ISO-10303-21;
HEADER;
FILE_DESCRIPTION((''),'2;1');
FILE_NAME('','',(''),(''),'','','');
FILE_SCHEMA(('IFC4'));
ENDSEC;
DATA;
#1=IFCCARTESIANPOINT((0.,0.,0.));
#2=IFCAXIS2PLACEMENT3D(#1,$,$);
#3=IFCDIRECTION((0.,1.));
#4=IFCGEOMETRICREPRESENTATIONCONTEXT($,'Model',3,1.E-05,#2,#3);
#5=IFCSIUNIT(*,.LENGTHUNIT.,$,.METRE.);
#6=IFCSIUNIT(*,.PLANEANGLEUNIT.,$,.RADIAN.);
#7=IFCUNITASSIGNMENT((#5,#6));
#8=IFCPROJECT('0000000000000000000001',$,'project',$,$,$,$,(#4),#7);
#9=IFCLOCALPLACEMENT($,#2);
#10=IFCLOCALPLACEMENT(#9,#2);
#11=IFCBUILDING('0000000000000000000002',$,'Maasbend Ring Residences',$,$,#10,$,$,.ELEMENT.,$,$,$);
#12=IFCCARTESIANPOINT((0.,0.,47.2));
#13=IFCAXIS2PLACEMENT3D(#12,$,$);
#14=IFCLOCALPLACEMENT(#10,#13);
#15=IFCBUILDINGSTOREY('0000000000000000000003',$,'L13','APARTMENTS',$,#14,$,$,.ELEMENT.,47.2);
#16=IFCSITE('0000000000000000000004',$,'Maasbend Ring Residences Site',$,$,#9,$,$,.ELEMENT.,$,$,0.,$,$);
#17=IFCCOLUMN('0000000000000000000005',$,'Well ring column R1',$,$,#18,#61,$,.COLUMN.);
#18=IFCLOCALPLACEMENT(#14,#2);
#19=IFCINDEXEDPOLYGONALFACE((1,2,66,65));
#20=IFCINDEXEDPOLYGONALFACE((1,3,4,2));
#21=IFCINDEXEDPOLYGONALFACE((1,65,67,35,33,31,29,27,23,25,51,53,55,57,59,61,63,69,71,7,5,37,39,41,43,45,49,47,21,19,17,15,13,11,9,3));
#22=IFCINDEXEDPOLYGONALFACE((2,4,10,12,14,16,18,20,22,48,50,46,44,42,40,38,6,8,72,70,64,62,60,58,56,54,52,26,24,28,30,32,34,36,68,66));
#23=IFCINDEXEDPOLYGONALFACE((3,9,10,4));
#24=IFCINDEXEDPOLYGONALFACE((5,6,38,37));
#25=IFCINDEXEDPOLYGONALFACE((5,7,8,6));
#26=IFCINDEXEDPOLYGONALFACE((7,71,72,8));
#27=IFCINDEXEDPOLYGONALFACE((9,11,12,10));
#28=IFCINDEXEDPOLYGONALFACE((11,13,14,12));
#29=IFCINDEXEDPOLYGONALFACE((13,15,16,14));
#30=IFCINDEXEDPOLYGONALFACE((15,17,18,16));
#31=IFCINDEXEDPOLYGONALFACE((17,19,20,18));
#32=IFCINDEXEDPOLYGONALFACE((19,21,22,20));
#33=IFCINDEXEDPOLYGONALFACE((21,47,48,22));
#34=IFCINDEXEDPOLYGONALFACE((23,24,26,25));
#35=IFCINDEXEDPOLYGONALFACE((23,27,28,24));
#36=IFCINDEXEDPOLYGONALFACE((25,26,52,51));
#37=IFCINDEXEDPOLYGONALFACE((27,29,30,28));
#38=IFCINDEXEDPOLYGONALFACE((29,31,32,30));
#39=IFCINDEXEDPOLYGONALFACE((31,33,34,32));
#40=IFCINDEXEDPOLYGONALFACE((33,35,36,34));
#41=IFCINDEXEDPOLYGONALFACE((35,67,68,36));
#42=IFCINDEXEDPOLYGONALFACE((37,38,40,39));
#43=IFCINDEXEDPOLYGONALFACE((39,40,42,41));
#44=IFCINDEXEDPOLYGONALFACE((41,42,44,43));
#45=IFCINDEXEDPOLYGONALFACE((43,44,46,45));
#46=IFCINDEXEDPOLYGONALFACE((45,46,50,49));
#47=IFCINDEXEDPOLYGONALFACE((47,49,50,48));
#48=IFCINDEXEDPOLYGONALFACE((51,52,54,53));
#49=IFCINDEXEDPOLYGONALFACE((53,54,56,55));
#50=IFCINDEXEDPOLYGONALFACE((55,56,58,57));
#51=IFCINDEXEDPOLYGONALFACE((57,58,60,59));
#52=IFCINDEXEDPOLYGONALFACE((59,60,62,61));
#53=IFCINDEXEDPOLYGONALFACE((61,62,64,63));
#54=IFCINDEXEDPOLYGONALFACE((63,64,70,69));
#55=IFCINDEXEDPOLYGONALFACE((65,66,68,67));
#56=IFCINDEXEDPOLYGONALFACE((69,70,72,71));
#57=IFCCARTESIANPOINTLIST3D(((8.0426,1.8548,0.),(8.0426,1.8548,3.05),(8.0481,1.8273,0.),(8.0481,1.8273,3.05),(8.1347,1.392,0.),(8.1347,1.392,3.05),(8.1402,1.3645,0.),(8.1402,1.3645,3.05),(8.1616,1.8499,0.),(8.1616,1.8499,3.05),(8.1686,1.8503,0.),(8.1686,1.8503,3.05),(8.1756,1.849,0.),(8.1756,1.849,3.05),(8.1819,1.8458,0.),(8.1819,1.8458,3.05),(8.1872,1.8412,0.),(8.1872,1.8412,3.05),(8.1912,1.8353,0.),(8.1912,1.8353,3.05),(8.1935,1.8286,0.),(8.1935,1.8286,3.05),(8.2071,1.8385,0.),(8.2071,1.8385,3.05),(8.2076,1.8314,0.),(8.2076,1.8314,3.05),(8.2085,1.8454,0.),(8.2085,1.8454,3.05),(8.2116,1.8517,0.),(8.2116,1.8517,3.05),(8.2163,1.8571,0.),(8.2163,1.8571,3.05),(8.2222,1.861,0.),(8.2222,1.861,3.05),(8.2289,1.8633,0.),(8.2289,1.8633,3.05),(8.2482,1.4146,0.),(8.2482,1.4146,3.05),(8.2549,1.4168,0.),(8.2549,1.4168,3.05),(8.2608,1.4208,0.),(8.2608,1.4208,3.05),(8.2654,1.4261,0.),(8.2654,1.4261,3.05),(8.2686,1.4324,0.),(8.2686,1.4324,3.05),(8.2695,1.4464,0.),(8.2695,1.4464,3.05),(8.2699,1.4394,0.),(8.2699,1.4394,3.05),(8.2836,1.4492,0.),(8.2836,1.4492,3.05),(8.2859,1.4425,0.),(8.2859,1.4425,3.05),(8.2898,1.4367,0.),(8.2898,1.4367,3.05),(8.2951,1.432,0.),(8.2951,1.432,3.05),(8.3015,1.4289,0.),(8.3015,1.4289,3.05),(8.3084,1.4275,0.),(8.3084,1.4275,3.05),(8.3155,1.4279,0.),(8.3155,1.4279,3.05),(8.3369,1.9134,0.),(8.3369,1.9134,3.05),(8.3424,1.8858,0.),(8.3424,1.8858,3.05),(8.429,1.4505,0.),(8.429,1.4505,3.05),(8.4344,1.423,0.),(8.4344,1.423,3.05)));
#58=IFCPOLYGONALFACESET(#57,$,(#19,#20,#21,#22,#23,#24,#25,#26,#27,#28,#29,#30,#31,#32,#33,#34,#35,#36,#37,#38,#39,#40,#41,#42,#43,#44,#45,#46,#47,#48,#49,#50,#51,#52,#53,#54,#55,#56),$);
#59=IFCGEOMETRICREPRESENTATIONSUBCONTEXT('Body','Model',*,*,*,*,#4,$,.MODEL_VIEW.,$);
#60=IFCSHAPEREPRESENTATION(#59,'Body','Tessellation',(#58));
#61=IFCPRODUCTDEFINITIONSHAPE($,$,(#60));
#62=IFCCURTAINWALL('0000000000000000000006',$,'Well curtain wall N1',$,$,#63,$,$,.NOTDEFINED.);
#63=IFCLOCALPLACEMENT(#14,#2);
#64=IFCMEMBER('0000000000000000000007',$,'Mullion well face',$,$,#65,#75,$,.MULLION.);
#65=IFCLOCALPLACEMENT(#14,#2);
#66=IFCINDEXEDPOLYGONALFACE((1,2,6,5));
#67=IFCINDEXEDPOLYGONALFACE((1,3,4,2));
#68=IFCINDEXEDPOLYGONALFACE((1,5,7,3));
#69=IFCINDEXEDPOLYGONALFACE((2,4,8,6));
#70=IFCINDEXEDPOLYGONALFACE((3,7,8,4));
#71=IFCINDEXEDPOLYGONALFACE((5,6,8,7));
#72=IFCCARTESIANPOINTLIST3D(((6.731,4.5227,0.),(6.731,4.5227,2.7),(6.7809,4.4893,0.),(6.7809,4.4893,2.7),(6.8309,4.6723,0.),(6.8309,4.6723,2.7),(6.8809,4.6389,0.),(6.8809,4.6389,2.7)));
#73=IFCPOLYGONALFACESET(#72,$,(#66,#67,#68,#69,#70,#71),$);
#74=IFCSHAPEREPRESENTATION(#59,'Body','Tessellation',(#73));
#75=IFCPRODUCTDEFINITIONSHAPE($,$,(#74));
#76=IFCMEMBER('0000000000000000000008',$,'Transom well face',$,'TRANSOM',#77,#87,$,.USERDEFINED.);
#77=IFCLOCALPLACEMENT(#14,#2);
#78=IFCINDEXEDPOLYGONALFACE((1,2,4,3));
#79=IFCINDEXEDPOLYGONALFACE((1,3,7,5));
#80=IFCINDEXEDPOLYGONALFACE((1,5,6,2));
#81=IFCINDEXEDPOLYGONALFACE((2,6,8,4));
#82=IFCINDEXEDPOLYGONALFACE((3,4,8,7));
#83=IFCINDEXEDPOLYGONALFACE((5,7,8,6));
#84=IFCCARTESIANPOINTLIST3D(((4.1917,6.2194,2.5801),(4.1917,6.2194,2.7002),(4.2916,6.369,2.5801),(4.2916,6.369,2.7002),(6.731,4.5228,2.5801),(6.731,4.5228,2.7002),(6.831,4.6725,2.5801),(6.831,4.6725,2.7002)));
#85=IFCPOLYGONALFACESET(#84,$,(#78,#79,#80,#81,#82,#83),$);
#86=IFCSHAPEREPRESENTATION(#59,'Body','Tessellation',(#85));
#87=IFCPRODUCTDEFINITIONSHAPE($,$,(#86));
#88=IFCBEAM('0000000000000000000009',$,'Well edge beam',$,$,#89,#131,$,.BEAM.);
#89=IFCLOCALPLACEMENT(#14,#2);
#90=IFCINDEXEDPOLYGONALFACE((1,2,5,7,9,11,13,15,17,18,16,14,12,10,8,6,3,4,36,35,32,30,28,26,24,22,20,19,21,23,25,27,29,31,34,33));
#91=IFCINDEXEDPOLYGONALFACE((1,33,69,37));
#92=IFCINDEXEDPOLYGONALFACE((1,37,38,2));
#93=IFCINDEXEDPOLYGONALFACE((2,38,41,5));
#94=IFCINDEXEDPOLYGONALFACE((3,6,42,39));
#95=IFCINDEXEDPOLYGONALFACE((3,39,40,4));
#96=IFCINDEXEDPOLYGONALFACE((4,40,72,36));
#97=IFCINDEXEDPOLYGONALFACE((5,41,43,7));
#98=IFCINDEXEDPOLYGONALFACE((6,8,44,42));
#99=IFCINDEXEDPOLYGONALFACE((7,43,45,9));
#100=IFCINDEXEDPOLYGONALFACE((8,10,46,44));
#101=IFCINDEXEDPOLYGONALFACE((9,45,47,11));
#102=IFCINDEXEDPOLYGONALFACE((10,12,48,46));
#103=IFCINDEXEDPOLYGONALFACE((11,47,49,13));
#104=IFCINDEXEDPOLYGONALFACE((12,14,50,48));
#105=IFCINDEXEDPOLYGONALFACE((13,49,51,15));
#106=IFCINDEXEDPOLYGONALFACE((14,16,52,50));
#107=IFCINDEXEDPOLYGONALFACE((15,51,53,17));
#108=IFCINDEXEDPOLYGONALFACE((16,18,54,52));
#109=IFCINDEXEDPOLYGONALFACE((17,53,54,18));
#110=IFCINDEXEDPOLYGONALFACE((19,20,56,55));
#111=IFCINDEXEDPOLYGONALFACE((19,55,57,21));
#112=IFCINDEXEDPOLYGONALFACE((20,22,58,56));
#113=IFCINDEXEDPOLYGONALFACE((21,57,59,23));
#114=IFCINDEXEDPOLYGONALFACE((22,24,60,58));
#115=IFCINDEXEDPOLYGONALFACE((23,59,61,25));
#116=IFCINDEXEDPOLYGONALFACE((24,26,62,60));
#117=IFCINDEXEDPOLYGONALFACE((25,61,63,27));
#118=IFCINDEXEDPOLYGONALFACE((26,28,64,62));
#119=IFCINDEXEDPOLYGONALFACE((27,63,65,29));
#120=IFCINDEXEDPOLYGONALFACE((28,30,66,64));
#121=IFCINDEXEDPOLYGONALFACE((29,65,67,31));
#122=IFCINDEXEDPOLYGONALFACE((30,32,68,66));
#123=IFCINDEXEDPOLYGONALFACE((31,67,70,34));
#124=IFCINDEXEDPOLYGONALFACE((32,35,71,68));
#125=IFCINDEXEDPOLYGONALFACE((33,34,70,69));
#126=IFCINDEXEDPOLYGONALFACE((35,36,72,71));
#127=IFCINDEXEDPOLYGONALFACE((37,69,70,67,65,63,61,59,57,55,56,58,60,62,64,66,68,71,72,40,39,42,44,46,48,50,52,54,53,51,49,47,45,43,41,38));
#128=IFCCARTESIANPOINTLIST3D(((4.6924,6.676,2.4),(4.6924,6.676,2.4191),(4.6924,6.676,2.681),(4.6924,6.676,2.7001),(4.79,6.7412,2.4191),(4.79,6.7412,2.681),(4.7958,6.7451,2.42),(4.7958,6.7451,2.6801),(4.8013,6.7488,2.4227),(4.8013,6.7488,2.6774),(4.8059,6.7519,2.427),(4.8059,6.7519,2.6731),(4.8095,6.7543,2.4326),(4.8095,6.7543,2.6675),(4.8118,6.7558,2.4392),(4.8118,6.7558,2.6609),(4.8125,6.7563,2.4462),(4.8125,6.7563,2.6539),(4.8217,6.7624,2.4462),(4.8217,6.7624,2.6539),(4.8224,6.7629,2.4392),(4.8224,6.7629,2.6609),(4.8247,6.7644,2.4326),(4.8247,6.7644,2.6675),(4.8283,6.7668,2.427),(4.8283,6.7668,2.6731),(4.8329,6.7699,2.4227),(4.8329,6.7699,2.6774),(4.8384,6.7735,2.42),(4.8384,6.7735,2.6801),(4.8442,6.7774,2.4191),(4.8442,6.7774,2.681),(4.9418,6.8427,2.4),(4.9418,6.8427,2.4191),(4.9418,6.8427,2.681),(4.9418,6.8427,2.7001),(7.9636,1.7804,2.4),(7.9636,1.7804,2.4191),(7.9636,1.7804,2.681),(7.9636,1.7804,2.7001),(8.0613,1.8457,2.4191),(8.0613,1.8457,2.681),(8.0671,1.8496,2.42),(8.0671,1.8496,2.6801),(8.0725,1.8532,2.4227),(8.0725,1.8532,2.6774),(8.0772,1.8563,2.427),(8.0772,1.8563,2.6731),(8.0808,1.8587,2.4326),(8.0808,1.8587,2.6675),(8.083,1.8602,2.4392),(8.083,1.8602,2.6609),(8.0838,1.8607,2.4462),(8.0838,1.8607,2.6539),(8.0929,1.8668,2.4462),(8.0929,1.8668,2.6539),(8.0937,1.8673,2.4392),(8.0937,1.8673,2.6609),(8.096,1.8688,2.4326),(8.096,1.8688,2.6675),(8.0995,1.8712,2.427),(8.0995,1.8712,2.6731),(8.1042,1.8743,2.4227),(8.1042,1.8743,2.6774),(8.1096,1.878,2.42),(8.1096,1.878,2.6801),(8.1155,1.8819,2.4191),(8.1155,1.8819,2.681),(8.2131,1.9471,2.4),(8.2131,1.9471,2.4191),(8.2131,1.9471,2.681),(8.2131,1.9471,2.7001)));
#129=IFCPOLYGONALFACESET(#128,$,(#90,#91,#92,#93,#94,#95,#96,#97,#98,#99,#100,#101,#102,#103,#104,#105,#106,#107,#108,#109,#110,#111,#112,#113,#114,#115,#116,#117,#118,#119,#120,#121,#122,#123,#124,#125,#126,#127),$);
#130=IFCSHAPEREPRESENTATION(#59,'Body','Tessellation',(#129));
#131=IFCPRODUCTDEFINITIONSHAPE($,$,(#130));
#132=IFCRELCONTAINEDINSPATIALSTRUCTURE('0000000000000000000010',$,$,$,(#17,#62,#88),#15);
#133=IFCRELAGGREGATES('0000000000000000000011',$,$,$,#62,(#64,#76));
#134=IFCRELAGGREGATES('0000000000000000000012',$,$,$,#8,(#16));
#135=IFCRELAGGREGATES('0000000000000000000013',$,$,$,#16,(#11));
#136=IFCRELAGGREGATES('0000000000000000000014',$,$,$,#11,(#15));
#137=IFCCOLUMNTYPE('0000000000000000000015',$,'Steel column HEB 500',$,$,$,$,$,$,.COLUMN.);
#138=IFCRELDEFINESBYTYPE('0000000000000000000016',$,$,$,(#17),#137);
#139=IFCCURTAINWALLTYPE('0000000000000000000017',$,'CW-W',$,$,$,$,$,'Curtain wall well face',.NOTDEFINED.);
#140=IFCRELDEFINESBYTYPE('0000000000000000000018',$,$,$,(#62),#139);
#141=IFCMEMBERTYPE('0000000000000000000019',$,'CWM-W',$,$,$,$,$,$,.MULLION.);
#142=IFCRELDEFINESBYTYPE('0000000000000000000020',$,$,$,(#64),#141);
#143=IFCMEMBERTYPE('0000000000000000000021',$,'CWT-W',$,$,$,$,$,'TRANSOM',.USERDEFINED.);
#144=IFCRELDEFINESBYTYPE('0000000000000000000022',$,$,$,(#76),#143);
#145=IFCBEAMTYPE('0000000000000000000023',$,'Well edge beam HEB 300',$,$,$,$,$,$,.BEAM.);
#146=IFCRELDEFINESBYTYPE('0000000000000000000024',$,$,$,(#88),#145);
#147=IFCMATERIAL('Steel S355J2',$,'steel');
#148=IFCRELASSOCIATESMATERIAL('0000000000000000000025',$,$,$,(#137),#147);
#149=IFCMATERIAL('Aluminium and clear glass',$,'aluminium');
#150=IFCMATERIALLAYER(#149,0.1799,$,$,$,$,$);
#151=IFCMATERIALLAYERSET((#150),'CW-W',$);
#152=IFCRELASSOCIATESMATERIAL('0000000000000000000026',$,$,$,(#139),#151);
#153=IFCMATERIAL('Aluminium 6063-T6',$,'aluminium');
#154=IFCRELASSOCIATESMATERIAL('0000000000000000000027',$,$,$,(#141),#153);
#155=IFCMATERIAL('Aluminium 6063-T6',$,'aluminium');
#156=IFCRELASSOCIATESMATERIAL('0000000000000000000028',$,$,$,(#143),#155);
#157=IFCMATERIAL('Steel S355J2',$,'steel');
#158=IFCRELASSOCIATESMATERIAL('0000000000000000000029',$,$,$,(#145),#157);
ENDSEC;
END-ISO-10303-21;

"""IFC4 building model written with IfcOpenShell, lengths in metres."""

from ifc_helpers import new_model, si_unit, direction, frame, origin, origin_2d, place, context, subcontext, project, spatial, rectangle, i_section, extrude, material, layer, layer_set, material_profile, profile_set, type_object, element, aggregate, save


model = new_model("IFC4")

# Units and contexts
model_context = context("Model", 3, precision=1e-05, world=origin(), true_north=direction((0.0, 1.0)))
body_context = subcontext(model_context, "Body", "Model", "MODEL_VIEW")
ifc_project = project(units=[si_unit("LENGTHUNIT", "METRE"), si_unit("PLANEANGLEUNIT", "RADIAN")], contexts=[model_context])

# Site, building, storey
site_placement = place(None, origin())
site = spatial("IfcSite", under=ifc_project, at=site_placement, Name="Maasbend Ring Residences Site", CompositionType="ELEMENT", RefElevation=0.0)
building_placement = place(site_placement, origin())
building = spatial("IfcBuilding", under=site, at=building_placement, Name="Maasbend Ring Residences", CompositionType="ELEMENT")
storey_placement = place(building_placement, frame((0.0, 0.0, 47.2)))
storey = spatial("IfcBuildingStorey", under=building, at=storey_placement, Name="L13", Description="APARTMENTS", CompositionType="ELEMENT", Elevation=47.2)

# Column
ifc_material_1 = material(Name="Steel S355J2", Category="steel")
ifc_material_profile_1 = material_profile(ifc_material_1, i_section(OverallWidth=0.3, OverallDepth=0.5, WebThickness=0.0144, FlangeThickness=0.0281, FilletRadius=0.0271, at=origin_2d()), Name="HEB 500")
ifc_profile_set_1 = profile_set([ifc_material_profile_1], Name="Steel S355J2")
column_type = type_object("IfcColumnType", Name="Steel column HEB 500", PredefinedType="COLUMN", material=ifc_profile_set_1)
column_placement = place(storey_placement, frame((8.2385, 1.6389, 0.0), z_axis=(0.0, 0.0, 1.0), x_axis=(0.980785, 0.19509, 0.0)))
element("IfcColumn", 1, at=column_placement, inside=storey, type_object=column_type, Name="Well ring column R1", PredefinedType="COLUMN", context=body_context, shape_type="SweptSolid", body=[
    extrude(i_section(OverallWidth=0.3, OverallDepth=0.5, WebThickness=0.0144, FlangeThickness=0.0281, FilletRadius=0.0271, at=origin_2d()), origin(), (0.0, 0.0, 1.0), 3.05),
])

# Curtain wall, members
ifc_material_2 = material(Name="Aluminium and clear glass", Category="aluminium")
ifc_layer_1 = layer(ifc_material_2, 0.1799)
ifc_layer_set_1 = layer_set([ifc_layer_1], Name="CW-W")
curtain_wall_type = type_object("IfcCurtainWallType", Name="CW-W", ElementType="Curtain wall well face", PredefinedType="NOTDEFINED", material=ifc_layer_set_1)
curtain_wall_placement = place(storey_placement, origin())
curtain_wall = element("IfcCurtainWall", 2, at=curtain_wall_placement, inside=storey, type_object=curtain_wall_type, Name="Well curtain wall N1", PredefinedType="NOTDEFINED")
ifc_material_3 = material(Name="Aluminium 6063-T6", Category="aluminium")
ifc_material_profile_2 = material_profile(ifc_material_3, rectangle(XDim=0.1799, YDim=0.0601, at=origin_2d()), Name="AL 180x60")
ifc_profile_set_2 = profile_set([ifc_material_profile_2], Name="Aluminium 6063-T6")
member_type_1 = type_object("IfcMemberType", Name="CWM-W", PredefinedType="MULLION", material=ifc_profile_set_2)
member_1_placement = place(storey_placement, frame((6.8059, 4.5808, 0.0), z_axis=(0.0, 0.0, 1.0), x_axis=(-0.55557, -0.83147, 0.0)))
member_1 = element("IfcMember", 3, at=member_1_placement, type_object=member_type_1, Name="Mullion well face", PredefinedType="MULLION", context=body_context, shape_type="SweptSolid", body=[
    extrude(rectangle(XDim=0.1799, YDim=0.0601, at=origin_2d()), origin(), (0.0, 0.0, 1.0), 2.7),
])
ifc_material_4 = material(Name="Aluminium 6063-T6", Category="aluminium")
ifc_material_profile_3 = material_profile(ifc_material_4, rectangle(XDim=0.1799, YDim=0.1201, at=origin_2d()), Name="AL 180x120")
ifc_profile_set_3 = profile_set([ifc_material_profile_3], Name="Aluminium 6063-T6")
member_type_2 = type_object("IfcMemberType", Name="CWT-W", ElementType="TRANSOM", PredefinedType="USERDEFINED", material=ifc_profile_set_3)
member_2_placement = place(storey_placement, frame((6.781, 4.5977, 2.6401), z_axis=(-0.831496, 0.55553, 0.0), x_axis=(-0.55553, -0.831496, 0.0)))
member_2 = element("IfcMember", 4, at=member_2_placement, type_object=member_type_2, Name="Transom well face", ObjectType="TRANSOM", PredefinedType="USERDEFINED", context=body_context, shape_type="SweptSolid", body=[
    extrude(rectangle(XDim=0.1799, YDim=0.1201, at=origin_2d()), origin(), (0.0, 0.0, 1.0), 3.054),
])
aggregate(curtain_wall, [member_1, member_2])

# Beam
ifc_material_5 = material(Name="Steel S355J2", Category="steel")
ifc_material_profile_4 = material_profile(ifc_material_5, i_section(OverallWidth=0.3, OverallDepth=0.3, WebThickness=0.011, FlangeThickness=0.019, FilletRadius=0.0271, at=origin_2d()), Name="HEB 300")
ifc_profile_set_4 = profile_set([ifc_material_profile_4], Name="Steel S355J2")
beam_type = type_object("IfcBeamType", Name="Well edge beam HEB 300", PredefinedType="BEAM", material=ifc_profile_set_4)
beam_placement = place(storey_placement, frame((8.0884, 1.8638, 2.55), z_axis=(-0.55559, 0.831457, 0.0), x_axis=(-0.831457, -0.55559, 0.0)))
element("IfcBeam", 5, at=beam_placement, inside=storey, type_object=beam_type, Name="Well edge beam", PredefinedType="BEAM", context=body_context, shape_type="SweptSolid", body=[
    extrude(i_section(OverallWidth=0.3, OverallDepth=0.3, WebThickness=0.011, FlangeThickness=0.019, FilletRadius=0.0271, at=origin_2d()), origin(), (0.0, 0.0, 1.0), 5.8879),
])

save(model, "model.ifc")
